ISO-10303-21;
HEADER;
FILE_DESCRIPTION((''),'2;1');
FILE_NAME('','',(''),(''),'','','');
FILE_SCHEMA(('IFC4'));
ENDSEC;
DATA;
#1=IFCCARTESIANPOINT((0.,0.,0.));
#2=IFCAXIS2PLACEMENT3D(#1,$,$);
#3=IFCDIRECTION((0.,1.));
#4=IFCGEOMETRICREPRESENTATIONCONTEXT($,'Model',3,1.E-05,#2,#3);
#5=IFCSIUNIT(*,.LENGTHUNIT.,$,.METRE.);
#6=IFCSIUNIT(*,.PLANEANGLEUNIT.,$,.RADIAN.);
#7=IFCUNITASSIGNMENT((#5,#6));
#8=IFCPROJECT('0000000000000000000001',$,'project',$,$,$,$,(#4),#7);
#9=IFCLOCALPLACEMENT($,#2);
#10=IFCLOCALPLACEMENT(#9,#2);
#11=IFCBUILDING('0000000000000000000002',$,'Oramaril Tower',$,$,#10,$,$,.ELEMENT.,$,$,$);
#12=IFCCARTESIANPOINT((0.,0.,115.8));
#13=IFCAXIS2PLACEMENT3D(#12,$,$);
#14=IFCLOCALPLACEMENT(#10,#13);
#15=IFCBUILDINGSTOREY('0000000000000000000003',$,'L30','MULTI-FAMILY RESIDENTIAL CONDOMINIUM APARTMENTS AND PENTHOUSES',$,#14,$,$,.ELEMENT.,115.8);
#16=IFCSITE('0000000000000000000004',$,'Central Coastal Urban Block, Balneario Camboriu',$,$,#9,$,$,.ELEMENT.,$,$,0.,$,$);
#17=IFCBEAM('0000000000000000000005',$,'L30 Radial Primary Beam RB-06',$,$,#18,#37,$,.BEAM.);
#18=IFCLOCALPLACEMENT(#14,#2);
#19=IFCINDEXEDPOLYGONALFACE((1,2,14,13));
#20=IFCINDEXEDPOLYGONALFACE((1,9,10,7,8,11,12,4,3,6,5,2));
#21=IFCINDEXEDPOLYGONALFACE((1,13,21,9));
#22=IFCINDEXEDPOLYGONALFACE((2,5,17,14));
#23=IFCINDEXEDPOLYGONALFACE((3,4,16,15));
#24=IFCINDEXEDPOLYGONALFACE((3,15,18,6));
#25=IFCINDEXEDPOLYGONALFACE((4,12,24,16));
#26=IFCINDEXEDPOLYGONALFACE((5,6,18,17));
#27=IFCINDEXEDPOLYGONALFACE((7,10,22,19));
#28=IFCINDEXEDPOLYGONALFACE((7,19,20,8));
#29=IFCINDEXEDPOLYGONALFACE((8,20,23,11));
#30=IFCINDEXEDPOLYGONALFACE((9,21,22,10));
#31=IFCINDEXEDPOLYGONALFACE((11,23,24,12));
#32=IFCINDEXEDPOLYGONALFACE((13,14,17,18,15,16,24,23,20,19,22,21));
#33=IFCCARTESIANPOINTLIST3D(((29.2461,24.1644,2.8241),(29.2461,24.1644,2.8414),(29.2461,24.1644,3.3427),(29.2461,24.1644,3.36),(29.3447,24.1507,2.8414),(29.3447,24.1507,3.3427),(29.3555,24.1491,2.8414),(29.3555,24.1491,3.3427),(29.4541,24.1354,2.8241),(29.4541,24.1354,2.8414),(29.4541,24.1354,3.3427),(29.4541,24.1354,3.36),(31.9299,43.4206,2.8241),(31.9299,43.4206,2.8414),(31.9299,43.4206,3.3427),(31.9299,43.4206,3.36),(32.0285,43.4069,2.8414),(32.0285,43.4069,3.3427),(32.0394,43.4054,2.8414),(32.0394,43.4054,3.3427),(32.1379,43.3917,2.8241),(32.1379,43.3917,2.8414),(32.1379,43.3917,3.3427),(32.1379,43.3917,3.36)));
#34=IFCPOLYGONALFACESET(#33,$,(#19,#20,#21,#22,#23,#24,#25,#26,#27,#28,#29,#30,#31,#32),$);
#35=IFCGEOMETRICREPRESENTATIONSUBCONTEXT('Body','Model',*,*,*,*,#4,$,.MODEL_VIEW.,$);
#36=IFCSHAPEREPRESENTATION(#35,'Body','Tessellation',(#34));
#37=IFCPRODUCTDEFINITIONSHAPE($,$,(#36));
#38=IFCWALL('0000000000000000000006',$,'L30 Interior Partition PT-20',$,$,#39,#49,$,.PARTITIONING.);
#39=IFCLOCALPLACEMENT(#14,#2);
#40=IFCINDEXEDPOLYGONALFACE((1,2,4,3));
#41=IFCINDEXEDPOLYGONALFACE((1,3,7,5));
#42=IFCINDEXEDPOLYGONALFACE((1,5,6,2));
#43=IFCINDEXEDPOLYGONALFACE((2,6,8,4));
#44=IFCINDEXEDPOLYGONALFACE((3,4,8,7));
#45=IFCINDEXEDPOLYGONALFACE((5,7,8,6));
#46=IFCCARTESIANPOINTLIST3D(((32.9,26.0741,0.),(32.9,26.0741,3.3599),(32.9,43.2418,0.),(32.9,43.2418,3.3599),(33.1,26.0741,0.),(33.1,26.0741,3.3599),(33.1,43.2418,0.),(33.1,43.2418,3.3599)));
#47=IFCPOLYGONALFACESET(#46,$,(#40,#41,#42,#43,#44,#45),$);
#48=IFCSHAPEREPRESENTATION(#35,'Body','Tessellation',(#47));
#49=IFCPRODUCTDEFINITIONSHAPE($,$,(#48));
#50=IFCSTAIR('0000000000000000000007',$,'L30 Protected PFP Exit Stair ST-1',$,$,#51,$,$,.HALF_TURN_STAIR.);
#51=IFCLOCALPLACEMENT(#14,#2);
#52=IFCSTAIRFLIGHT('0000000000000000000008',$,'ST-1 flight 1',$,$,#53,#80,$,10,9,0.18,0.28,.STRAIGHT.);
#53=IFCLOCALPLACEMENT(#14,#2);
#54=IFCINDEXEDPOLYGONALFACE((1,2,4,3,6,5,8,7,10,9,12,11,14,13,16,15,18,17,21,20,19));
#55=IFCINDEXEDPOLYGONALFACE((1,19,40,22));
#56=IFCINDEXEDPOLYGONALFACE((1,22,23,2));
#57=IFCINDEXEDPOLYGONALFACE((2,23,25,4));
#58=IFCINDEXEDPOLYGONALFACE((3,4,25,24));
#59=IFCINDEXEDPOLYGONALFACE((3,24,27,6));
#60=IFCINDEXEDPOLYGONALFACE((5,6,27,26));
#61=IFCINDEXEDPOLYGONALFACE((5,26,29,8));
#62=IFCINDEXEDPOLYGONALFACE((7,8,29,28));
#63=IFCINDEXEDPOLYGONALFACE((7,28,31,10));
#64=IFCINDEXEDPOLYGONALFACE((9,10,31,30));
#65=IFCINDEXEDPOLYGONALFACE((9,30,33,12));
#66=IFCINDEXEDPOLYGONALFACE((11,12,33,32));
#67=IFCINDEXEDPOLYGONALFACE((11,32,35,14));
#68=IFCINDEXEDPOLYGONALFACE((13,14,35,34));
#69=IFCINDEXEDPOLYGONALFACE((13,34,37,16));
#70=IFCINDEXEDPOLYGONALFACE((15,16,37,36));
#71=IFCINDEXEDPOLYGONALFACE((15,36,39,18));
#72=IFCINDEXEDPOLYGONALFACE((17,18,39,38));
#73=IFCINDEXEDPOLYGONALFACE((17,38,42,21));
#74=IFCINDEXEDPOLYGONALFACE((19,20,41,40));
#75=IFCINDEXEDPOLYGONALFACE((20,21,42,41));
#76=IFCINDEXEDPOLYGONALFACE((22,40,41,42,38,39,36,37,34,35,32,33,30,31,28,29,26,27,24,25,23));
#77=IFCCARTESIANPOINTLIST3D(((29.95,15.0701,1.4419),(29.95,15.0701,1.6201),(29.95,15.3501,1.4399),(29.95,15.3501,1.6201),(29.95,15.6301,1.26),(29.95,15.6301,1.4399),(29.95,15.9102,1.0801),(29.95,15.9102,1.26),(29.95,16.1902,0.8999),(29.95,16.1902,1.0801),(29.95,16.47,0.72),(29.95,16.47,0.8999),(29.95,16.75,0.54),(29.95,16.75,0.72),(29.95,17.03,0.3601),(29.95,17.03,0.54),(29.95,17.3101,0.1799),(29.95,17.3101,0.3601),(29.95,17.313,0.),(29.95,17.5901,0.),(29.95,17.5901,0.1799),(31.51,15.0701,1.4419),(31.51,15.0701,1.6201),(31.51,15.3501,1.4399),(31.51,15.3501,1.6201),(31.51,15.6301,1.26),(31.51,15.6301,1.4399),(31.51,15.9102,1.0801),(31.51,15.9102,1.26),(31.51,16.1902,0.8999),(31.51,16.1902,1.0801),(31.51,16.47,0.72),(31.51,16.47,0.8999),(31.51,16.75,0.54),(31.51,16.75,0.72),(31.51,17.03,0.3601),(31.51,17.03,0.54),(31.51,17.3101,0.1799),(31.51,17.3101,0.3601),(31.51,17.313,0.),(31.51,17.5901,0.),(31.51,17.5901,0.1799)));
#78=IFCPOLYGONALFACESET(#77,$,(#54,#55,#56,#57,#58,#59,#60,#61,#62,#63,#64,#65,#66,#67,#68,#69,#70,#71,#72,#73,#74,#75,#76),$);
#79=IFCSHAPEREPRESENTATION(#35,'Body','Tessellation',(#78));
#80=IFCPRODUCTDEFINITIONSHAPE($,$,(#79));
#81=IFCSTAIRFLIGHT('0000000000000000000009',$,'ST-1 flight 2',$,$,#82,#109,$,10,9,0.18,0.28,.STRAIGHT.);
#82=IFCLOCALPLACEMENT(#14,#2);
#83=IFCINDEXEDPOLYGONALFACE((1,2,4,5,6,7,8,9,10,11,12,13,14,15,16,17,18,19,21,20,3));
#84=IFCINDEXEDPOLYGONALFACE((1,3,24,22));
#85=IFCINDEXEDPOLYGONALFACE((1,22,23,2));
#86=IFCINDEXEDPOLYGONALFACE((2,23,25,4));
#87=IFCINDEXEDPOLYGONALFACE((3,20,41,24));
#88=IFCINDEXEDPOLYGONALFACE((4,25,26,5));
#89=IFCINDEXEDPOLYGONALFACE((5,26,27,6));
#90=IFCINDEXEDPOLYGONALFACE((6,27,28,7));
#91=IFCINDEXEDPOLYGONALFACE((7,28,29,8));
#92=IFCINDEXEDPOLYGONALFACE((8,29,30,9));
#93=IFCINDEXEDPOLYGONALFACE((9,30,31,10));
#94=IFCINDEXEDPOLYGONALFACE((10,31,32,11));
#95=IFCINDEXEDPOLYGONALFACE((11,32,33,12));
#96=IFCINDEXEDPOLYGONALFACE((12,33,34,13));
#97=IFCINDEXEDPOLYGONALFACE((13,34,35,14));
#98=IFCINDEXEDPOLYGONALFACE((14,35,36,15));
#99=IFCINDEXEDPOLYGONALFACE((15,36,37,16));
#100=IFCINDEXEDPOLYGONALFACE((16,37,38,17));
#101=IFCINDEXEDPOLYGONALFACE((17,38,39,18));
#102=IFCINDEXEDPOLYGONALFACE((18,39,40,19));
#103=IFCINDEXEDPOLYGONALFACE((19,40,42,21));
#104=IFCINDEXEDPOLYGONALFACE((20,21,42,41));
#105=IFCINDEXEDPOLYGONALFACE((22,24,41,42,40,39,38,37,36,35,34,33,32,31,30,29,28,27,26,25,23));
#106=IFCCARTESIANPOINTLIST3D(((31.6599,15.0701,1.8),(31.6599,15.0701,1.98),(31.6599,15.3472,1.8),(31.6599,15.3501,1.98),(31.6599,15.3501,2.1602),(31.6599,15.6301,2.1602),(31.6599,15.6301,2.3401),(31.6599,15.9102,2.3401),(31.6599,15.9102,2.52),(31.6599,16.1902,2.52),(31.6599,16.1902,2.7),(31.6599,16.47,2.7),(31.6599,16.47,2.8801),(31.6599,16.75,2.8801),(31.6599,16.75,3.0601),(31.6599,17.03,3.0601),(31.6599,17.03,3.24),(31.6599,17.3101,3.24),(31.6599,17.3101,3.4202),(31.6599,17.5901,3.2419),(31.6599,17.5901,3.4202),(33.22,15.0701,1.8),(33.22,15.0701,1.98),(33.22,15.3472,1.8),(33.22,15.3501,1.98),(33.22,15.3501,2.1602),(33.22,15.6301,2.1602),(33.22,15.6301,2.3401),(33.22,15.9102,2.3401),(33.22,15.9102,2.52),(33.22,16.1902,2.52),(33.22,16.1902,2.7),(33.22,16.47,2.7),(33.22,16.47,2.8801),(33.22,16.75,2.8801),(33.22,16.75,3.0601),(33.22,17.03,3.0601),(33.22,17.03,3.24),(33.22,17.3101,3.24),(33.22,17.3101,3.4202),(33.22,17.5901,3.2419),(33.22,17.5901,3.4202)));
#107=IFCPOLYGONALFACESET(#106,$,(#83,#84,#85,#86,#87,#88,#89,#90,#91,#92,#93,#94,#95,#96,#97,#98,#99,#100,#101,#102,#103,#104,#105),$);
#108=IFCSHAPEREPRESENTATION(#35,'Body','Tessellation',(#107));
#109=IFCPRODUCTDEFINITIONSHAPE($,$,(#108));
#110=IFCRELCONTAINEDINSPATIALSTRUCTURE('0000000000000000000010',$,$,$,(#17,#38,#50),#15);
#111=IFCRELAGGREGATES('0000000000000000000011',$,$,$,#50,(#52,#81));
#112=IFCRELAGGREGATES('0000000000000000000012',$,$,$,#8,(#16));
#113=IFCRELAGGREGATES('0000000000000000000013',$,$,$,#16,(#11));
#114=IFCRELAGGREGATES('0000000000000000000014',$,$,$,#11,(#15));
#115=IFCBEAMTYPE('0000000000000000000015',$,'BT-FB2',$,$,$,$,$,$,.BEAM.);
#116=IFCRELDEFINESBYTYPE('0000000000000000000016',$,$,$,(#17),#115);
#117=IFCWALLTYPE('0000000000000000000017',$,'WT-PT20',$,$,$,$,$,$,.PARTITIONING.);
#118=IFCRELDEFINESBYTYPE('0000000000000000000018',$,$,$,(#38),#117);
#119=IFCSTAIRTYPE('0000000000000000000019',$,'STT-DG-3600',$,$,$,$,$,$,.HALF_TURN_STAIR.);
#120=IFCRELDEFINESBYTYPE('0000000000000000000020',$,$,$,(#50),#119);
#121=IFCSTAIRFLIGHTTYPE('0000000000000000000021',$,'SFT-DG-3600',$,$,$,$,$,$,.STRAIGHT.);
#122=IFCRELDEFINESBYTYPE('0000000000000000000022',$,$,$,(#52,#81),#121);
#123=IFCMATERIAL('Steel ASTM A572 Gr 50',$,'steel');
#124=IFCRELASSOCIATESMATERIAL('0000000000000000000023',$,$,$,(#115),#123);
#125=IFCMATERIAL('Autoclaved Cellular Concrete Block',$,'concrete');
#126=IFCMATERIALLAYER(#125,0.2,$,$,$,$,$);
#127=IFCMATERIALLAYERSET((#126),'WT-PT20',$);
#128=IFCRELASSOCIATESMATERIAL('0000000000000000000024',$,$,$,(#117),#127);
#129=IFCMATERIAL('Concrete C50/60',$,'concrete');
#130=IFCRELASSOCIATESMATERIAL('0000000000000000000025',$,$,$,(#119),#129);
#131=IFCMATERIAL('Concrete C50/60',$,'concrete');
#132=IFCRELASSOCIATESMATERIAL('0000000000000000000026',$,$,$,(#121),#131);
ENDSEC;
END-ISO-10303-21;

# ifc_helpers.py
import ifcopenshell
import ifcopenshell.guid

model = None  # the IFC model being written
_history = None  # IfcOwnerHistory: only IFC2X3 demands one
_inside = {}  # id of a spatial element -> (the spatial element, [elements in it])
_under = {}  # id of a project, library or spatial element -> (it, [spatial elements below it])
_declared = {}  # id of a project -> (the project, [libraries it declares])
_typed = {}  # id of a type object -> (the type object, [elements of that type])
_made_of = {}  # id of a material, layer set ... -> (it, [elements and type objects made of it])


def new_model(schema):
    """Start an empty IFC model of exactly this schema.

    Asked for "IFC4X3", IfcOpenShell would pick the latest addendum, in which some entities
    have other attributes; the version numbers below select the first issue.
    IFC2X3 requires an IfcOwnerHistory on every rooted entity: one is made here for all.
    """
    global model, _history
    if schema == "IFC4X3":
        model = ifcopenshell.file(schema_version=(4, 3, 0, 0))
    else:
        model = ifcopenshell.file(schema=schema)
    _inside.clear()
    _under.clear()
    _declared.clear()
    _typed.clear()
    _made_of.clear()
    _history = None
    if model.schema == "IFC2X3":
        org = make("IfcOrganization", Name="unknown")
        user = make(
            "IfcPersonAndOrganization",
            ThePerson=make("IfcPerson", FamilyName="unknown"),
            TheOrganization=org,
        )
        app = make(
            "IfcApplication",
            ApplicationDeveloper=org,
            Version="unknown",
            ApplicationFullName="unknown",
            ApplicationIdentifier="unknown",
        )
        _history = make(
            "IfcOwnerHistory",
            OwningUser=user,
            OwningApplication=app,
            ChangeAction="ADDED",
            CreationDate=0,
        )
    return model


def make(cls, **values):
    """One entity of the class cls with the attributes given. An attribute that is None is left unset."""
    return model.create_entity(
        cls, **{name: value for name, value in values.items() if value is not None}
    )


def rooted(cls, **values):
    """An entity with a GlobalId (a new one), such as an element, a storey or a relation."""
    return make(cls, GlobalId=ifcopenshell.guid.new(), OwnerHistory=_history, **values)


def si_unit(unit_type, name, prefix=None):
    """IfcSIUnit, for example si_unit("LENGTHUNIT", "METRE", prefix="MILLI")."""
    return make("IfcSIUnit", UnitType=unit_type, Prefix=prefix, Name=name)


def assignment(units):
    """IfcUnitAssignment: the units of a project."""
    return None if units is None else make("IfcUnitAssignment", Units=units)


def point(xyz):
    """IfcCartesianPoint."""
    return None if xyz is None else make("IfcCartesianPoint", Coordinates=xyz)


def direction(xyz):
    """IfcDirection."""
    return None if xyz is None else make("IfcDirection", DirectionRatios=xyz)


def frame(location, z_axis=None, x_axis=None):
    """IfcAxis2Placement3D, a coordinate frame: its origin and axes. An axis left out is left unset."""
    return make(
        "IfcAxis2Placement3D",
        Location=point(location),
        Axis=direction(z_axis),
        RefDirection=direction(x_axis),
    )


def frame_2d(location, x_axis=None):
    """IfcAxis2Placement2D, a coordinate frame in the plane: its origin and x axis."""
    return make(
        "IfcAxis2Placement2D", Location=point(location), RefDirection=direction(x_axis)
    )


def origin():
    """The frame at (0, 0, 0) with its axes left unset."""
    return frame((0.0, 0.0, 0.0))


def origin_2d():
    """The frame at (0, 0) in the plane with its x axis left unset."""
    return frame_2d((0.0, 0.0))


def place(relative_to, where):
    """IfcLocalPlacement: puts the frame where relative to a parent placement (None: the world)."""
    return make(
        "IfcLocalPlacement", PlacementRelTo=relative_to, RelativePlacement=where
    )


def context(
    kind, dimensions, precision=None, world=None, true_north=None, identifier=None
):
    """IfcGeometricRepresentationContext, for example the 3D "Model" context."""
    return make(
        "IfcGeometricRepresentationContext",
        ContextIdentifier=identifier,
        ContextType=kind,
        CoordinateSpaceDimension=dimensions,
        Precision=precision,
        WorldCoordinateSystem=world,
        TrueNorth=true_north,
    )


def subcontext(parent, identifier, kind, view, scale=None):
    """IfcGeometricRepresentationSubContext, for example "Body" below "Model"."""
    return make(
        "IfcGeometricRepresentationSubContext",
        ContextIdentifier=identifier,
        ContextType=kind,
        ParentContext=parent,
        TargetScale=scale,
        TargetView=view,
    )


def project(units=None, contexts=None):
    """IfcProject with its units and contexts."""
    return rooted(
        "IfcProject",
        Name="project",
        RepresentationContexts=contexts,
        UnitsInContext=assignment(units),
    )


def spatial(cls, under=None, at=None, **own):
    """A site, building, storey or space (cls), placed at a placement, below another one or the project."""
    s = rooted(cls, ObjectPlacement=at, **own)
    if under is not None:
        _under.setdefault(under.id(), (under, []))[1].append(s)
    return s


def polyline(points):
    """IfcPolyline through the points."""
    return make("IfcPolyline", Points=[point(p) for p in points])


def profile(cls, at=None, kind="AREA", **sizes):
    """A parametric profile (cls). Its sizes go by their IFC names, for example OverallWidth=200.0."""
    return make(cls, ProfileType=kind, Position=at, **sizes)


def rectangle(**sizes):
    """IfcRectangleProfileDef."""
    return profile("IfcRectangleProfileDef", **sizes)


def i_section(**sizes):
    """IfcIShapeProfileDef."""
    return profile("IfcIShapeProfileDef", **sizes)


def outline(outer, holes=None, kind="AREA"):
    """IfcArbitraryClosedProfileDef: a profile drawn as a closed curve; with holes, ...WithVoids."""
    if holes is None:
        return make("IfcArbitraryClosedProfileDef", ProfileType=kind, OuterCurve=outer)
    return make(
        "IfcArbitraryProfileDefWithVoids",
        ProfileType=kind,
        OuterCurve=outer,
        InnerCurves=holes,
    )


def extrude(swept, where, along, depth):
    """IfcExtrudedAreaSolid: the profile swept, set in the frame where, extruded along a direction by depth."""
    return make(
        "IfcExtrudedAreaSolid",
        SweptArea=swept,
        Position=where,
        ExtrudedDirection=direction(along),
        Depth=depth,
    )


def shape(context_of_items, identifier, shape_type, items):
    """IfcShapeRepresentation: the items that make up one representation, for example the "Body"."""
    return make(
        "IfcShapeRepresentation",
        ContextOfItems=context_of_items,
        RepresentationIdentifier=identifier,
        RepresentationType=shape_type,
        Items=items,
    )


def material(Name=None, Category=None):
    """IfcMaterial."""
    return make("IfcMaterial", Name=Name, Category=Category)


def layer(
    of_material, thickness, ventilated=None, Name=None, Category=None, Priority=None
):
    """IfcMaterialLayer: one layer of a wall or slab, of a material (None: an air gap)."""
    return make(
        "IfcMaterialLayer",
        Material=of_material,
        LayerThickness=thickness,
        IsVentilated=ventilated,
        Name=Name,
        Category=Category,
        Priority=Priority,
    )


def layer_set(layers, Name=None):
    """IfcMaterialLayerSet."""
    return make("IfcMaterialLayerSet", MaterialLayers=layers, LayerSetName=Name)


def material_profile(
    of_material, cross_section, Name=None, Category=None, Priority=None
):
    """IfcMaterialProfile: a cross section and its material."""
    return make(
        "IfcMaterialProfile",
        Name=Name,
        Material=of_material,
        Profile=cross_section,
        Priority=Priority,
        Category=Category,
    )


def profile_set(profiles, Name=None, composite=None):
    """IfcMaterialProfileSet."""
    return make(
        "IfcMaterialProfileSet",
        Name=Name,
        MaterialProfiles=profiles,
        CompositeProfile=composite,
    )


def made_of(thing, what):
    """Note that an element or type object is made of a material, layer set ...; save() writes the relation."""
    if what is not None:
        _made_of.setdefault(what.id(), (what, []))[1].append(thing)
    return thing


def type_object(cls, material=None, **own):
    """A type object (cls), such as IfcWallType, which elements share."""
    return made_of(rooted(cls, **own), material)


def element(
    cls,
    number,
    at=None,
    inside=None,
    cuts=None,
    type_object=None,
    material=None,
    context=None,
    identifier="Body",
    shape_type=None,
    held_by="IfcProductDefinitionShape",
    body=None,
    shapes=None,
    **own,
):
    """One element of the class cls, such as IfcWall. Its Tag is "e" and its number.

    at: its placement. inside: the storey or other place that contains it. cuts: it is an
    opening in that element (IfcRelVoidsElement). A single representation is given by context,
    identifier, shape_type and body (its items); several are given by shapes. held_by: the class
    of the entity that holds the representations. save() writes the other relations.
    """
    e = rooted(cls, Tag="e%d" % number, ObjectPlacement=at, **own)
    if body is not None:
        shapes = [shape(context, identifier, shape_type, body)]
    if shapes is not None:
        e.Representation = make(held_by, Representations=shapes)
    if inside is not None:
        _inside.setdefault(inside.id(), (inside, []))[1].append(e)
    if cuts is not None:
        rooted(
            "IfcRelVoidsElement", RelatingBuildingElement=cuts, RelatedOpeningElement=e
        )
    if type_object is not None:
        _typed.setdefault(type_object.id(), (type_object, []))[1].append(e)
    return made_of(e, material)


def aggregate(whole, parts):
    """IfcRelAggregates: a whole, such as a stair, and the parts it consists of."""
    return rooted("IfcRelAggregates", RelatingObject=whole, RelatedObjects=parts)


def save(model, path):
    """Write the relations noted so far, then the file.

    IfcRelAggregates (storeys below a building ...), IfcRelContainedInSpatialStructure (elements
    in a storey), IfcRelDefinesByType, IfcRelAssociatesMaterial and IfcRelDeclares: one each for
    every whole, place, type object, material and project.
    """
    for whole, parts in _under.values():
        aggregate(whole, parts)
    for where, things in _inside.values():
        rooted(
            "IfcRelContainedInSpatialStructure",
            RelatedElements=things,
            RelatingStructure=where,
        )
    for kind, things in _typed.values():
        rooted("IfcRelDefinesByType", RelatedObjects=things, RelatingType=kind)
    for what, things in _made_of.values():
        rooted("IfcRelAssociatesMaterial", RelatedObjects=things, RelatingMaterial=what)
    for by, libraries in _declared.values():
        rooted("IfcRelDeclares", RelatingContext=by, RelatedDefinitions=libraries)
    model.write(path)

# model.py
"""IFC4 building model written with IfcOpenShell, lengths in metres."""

from ifc_helpers import new_model, si_unit, direction, frame, frame_2d, origin, origin_2d, place, context, subcontext, project, spatial, polyline, rectangle, i_section, outline, extrude, material, layer, layer_set, material_profile, profile_set, type_object, element, aggregate, save


model = new_model("IFC4")

# Units and contexts
model_context = context("Model", 3, precision=1e-05, world=origin(), true_north=direction((0.0, 1.0)))
body_context = subcontext(model_context, "Body", "Model", "MODEL_VIEW")
ifc_project = project(units=[si_unit("LENGTHUNIT", "METRE"), si_unit("PLANEANGLEUNIT", "RADIAN")], contexts=[model_context])

# Site, building, storey
site_placement = place(None, origin())
site = spatial("IfcSite", under=ifc_project, at=site_placement, Name="Central Coastal Urban Block, Balneario Camboriu", CompositionType="ELEMENT", RefElevation=0.0)
building_placement = place(site_placement, origin())
building = spatial("IfcBuilding", under=site, at=building_placement, Name="Oramaril Tower", CompositionType="ELEMENT")
storey_placement = place(building_placement, frame((0.0, 0.0, 115.8)))
storey = spatial("IfcBuildingStorey", under=building, at=storey_placement, Name="L30", Description="MULTI-FAMILY RESIDENTIAL CONDOMINIUM APARTMENTS AND PENTHOUSES", CompositionType="ELEMENT", Elevation=115.8)

# Beam
ifc_material_1 = material(Name="Steel ASTM A572 Gr 50", Category="steel")
ifc_material_profile = material_profile(ifc_material_1, i_section(OverallWidth=0.21, OverallDepth=0.5359, WebThickness=0.011, FlangeThickness=0.0173, at=origin_2d()), Name="W21X68")
ifc_profile_set = profile_set([ifc_material_profile], Name="Steel ASTM A572 Gr 50")
beam_type = type_object("IfcBeamType", Name="BT-FB2", PredefinedType="BEAM", material=ifc_profile_set)
beam_placement = place(storey_placement, frame((29.3501, 24.1499, 3.092), z_axis=(0.13804, 0.990427, 0.0), x_axis=(-0.990427, 0.13804, 0.0)))
element("IfcBeam", 1, at=beam_placement, inside=storey, type_object=beam_type, Name="L30 Radial Primary Beam RB-06", PredefinedType="BEAM", context=body_context, shape_type="SweptSolid", body=[
    extrude(i_section(OverallWidth=0.21, OverallDepth=0.5359, WebThickness=0.011, FlangeThickness=0.0173, at=origin_2d()), origin(), (0.0, 0.0, 1.0), 19.4424),
])

# Wall
ifc_material_2 = material(Name="Autoclaved Cellular Concrete Block", Category="concrete")
ifc_layer_1 = layer(ifc_material_2, 0.2)
ifc_layer_set_1 = layer_set([ifc_layer_1], Name="WT-PT20")
wall_type_1 = type_object("IfcWallType", Name="WT-PT20", PredefinedType="PARTITIONING", material=ifc_layer_set_1)
wall_1_placement = place(storey_placement, frame((33.0, 26.074, 0.0), z_axis=(0.0, 0.0, 1.0), x_axis=(0.0, 1.0, 0.0)))
element("IfcWall", 2, at=wall_1_placement, inside=storey, type_object=wall_type_1, Name="L30 Interior Partition PT-20", PredefinedType="PARTITIONING", context=body_context, shape_type="SweptSolid", body=[
    extrude(rectangle(XDim=17.1677, YDim=0.2, at=frame_2d((8.584, 0.0))), origin(), (0.0, 0.0, 1.0), 3.3599),
])

# Stair, stair flights
ifc_material_3 = material(Name="Concrete C50/60", Category="concrete")
stair_type = type_object("IfcStairType", Name="STT-DG-3600", PredefinedType="HALF_TURN_STAIR", material=ifc_material_3)
stair_placement = place(storey_placement, origin())
stair = element("IfcStair", 3, at=stair_placement, inside=storey, type_object=stair_type, Name="L30 Protected PFP Exit Stair ST-1", PredefinedType="HALF_TURN_STAIR")
ifc_material_4 = material(Name="Concrete C50/60", Category="concrete")
stair_flight_type = type_object("IfcStairFlightType", Name="SFT-DG-3600", PredefinedType="STRAIGHT", material=ifc_material_4)
stair_flight_1_placement = place(storey_placement, frame((30.73, 17.5901, 0.0), z_axis=(0.0, 0.0, 1.0), x_axis=(0.0, -1.0, 0.0)))
stair_flight_1 = element("IfcStairFlight", 4, at=stair_flight_1_placement, type_object=stair_flight_type, Name="ST-1 flight 1", NumberOfRisers=10, NumberOfTreads=9, PredefinedType="STRAIGHT", RiserHeight=0.18, TreadLength=0.28, context=body_context, shape_type="SweptSolid", body=[
    extrude(outline(polyline([(0.0, 0.0), (0.0, 0.1799), (0.28, 0.1799), (0.28, 0.3601), (0.5601, 0.3601), (0.5601, 0.54), (0.8401, 0.54), (0.8401, 0.72), (1.1201, 0.72), (1.1201, 0.8999), (1.3999, 0.8999), (1.3999, 1.0801), (1.6799, 1.0801), (1.6799, 1.26), (1.96, 1.26), (1.96, 1.4399), (2.24, 1.4399), (2.24, 1.6201), (2.52, 1.6201), (2.52, 1.8), (2.52, 1.4419), (0.2771, 0.0), (0.0, 0.0)])), frame((0.0, 0.78, 0.0), z_axis=(0.0, -1.0, 0.0), x_axis=(1.0, 0.0, 0.0)), (0.0, 0.0, 1.0), 1.5601),
])
stair_flight_2_placement = place(storey_placement, frame((32.4399, 15.0701, 1.8), z_axis=(0.0, 0.0, 1.0), x_axis=(0.0, 1.0, 0.0)))
stair_flight_2 = element("IfcStairFlight", 5, at=stair_flight_2_placement, type_object=stair_flight_type, Name="ST-1 flight 2", NumberOfRisers=10, NumberOfTreads=9, PredefinedType="STRAIGHT", RiserHeight=0.18, TreadLength=0.28, context=body_context, shape_type="SweptSolid", body=[
    extrude(outline(polyline([(0.0, 0.0), (0.0, 0.1799), (0.28, 0.1799), (0.28, 0.3601), (0.5601, 0.3601), (0.5601, 0.54), (0.8401, 0.54), (0.8401, 0.72), (1.1201, 0.72), (1.1201, 0.8999), (1.3999, 0.8999), (1.3999, 1.0801), (1.6799, 1.0801), (1.6799, 1.26), (1.96, 1.26), (1.96, 1.4399), (2.24, 1.4399), (2.24, 1.6201), (2.52, 1.6201), (2.52, 1.8), (2.52, 1.4419), (0.2771, 0.0), (0.0, 0.0)])), frame((0.0, 0.78, 0.0), z_axis=(0.0, -1.0, 0.0), x_axis=(1.0, 0.0, 0.0)), (0.0, 0.0, 1.0), 1.5601),
])
aggregate(stair, [stair_flight_1, stair_flight_2])

save(model, "model.ifc")
